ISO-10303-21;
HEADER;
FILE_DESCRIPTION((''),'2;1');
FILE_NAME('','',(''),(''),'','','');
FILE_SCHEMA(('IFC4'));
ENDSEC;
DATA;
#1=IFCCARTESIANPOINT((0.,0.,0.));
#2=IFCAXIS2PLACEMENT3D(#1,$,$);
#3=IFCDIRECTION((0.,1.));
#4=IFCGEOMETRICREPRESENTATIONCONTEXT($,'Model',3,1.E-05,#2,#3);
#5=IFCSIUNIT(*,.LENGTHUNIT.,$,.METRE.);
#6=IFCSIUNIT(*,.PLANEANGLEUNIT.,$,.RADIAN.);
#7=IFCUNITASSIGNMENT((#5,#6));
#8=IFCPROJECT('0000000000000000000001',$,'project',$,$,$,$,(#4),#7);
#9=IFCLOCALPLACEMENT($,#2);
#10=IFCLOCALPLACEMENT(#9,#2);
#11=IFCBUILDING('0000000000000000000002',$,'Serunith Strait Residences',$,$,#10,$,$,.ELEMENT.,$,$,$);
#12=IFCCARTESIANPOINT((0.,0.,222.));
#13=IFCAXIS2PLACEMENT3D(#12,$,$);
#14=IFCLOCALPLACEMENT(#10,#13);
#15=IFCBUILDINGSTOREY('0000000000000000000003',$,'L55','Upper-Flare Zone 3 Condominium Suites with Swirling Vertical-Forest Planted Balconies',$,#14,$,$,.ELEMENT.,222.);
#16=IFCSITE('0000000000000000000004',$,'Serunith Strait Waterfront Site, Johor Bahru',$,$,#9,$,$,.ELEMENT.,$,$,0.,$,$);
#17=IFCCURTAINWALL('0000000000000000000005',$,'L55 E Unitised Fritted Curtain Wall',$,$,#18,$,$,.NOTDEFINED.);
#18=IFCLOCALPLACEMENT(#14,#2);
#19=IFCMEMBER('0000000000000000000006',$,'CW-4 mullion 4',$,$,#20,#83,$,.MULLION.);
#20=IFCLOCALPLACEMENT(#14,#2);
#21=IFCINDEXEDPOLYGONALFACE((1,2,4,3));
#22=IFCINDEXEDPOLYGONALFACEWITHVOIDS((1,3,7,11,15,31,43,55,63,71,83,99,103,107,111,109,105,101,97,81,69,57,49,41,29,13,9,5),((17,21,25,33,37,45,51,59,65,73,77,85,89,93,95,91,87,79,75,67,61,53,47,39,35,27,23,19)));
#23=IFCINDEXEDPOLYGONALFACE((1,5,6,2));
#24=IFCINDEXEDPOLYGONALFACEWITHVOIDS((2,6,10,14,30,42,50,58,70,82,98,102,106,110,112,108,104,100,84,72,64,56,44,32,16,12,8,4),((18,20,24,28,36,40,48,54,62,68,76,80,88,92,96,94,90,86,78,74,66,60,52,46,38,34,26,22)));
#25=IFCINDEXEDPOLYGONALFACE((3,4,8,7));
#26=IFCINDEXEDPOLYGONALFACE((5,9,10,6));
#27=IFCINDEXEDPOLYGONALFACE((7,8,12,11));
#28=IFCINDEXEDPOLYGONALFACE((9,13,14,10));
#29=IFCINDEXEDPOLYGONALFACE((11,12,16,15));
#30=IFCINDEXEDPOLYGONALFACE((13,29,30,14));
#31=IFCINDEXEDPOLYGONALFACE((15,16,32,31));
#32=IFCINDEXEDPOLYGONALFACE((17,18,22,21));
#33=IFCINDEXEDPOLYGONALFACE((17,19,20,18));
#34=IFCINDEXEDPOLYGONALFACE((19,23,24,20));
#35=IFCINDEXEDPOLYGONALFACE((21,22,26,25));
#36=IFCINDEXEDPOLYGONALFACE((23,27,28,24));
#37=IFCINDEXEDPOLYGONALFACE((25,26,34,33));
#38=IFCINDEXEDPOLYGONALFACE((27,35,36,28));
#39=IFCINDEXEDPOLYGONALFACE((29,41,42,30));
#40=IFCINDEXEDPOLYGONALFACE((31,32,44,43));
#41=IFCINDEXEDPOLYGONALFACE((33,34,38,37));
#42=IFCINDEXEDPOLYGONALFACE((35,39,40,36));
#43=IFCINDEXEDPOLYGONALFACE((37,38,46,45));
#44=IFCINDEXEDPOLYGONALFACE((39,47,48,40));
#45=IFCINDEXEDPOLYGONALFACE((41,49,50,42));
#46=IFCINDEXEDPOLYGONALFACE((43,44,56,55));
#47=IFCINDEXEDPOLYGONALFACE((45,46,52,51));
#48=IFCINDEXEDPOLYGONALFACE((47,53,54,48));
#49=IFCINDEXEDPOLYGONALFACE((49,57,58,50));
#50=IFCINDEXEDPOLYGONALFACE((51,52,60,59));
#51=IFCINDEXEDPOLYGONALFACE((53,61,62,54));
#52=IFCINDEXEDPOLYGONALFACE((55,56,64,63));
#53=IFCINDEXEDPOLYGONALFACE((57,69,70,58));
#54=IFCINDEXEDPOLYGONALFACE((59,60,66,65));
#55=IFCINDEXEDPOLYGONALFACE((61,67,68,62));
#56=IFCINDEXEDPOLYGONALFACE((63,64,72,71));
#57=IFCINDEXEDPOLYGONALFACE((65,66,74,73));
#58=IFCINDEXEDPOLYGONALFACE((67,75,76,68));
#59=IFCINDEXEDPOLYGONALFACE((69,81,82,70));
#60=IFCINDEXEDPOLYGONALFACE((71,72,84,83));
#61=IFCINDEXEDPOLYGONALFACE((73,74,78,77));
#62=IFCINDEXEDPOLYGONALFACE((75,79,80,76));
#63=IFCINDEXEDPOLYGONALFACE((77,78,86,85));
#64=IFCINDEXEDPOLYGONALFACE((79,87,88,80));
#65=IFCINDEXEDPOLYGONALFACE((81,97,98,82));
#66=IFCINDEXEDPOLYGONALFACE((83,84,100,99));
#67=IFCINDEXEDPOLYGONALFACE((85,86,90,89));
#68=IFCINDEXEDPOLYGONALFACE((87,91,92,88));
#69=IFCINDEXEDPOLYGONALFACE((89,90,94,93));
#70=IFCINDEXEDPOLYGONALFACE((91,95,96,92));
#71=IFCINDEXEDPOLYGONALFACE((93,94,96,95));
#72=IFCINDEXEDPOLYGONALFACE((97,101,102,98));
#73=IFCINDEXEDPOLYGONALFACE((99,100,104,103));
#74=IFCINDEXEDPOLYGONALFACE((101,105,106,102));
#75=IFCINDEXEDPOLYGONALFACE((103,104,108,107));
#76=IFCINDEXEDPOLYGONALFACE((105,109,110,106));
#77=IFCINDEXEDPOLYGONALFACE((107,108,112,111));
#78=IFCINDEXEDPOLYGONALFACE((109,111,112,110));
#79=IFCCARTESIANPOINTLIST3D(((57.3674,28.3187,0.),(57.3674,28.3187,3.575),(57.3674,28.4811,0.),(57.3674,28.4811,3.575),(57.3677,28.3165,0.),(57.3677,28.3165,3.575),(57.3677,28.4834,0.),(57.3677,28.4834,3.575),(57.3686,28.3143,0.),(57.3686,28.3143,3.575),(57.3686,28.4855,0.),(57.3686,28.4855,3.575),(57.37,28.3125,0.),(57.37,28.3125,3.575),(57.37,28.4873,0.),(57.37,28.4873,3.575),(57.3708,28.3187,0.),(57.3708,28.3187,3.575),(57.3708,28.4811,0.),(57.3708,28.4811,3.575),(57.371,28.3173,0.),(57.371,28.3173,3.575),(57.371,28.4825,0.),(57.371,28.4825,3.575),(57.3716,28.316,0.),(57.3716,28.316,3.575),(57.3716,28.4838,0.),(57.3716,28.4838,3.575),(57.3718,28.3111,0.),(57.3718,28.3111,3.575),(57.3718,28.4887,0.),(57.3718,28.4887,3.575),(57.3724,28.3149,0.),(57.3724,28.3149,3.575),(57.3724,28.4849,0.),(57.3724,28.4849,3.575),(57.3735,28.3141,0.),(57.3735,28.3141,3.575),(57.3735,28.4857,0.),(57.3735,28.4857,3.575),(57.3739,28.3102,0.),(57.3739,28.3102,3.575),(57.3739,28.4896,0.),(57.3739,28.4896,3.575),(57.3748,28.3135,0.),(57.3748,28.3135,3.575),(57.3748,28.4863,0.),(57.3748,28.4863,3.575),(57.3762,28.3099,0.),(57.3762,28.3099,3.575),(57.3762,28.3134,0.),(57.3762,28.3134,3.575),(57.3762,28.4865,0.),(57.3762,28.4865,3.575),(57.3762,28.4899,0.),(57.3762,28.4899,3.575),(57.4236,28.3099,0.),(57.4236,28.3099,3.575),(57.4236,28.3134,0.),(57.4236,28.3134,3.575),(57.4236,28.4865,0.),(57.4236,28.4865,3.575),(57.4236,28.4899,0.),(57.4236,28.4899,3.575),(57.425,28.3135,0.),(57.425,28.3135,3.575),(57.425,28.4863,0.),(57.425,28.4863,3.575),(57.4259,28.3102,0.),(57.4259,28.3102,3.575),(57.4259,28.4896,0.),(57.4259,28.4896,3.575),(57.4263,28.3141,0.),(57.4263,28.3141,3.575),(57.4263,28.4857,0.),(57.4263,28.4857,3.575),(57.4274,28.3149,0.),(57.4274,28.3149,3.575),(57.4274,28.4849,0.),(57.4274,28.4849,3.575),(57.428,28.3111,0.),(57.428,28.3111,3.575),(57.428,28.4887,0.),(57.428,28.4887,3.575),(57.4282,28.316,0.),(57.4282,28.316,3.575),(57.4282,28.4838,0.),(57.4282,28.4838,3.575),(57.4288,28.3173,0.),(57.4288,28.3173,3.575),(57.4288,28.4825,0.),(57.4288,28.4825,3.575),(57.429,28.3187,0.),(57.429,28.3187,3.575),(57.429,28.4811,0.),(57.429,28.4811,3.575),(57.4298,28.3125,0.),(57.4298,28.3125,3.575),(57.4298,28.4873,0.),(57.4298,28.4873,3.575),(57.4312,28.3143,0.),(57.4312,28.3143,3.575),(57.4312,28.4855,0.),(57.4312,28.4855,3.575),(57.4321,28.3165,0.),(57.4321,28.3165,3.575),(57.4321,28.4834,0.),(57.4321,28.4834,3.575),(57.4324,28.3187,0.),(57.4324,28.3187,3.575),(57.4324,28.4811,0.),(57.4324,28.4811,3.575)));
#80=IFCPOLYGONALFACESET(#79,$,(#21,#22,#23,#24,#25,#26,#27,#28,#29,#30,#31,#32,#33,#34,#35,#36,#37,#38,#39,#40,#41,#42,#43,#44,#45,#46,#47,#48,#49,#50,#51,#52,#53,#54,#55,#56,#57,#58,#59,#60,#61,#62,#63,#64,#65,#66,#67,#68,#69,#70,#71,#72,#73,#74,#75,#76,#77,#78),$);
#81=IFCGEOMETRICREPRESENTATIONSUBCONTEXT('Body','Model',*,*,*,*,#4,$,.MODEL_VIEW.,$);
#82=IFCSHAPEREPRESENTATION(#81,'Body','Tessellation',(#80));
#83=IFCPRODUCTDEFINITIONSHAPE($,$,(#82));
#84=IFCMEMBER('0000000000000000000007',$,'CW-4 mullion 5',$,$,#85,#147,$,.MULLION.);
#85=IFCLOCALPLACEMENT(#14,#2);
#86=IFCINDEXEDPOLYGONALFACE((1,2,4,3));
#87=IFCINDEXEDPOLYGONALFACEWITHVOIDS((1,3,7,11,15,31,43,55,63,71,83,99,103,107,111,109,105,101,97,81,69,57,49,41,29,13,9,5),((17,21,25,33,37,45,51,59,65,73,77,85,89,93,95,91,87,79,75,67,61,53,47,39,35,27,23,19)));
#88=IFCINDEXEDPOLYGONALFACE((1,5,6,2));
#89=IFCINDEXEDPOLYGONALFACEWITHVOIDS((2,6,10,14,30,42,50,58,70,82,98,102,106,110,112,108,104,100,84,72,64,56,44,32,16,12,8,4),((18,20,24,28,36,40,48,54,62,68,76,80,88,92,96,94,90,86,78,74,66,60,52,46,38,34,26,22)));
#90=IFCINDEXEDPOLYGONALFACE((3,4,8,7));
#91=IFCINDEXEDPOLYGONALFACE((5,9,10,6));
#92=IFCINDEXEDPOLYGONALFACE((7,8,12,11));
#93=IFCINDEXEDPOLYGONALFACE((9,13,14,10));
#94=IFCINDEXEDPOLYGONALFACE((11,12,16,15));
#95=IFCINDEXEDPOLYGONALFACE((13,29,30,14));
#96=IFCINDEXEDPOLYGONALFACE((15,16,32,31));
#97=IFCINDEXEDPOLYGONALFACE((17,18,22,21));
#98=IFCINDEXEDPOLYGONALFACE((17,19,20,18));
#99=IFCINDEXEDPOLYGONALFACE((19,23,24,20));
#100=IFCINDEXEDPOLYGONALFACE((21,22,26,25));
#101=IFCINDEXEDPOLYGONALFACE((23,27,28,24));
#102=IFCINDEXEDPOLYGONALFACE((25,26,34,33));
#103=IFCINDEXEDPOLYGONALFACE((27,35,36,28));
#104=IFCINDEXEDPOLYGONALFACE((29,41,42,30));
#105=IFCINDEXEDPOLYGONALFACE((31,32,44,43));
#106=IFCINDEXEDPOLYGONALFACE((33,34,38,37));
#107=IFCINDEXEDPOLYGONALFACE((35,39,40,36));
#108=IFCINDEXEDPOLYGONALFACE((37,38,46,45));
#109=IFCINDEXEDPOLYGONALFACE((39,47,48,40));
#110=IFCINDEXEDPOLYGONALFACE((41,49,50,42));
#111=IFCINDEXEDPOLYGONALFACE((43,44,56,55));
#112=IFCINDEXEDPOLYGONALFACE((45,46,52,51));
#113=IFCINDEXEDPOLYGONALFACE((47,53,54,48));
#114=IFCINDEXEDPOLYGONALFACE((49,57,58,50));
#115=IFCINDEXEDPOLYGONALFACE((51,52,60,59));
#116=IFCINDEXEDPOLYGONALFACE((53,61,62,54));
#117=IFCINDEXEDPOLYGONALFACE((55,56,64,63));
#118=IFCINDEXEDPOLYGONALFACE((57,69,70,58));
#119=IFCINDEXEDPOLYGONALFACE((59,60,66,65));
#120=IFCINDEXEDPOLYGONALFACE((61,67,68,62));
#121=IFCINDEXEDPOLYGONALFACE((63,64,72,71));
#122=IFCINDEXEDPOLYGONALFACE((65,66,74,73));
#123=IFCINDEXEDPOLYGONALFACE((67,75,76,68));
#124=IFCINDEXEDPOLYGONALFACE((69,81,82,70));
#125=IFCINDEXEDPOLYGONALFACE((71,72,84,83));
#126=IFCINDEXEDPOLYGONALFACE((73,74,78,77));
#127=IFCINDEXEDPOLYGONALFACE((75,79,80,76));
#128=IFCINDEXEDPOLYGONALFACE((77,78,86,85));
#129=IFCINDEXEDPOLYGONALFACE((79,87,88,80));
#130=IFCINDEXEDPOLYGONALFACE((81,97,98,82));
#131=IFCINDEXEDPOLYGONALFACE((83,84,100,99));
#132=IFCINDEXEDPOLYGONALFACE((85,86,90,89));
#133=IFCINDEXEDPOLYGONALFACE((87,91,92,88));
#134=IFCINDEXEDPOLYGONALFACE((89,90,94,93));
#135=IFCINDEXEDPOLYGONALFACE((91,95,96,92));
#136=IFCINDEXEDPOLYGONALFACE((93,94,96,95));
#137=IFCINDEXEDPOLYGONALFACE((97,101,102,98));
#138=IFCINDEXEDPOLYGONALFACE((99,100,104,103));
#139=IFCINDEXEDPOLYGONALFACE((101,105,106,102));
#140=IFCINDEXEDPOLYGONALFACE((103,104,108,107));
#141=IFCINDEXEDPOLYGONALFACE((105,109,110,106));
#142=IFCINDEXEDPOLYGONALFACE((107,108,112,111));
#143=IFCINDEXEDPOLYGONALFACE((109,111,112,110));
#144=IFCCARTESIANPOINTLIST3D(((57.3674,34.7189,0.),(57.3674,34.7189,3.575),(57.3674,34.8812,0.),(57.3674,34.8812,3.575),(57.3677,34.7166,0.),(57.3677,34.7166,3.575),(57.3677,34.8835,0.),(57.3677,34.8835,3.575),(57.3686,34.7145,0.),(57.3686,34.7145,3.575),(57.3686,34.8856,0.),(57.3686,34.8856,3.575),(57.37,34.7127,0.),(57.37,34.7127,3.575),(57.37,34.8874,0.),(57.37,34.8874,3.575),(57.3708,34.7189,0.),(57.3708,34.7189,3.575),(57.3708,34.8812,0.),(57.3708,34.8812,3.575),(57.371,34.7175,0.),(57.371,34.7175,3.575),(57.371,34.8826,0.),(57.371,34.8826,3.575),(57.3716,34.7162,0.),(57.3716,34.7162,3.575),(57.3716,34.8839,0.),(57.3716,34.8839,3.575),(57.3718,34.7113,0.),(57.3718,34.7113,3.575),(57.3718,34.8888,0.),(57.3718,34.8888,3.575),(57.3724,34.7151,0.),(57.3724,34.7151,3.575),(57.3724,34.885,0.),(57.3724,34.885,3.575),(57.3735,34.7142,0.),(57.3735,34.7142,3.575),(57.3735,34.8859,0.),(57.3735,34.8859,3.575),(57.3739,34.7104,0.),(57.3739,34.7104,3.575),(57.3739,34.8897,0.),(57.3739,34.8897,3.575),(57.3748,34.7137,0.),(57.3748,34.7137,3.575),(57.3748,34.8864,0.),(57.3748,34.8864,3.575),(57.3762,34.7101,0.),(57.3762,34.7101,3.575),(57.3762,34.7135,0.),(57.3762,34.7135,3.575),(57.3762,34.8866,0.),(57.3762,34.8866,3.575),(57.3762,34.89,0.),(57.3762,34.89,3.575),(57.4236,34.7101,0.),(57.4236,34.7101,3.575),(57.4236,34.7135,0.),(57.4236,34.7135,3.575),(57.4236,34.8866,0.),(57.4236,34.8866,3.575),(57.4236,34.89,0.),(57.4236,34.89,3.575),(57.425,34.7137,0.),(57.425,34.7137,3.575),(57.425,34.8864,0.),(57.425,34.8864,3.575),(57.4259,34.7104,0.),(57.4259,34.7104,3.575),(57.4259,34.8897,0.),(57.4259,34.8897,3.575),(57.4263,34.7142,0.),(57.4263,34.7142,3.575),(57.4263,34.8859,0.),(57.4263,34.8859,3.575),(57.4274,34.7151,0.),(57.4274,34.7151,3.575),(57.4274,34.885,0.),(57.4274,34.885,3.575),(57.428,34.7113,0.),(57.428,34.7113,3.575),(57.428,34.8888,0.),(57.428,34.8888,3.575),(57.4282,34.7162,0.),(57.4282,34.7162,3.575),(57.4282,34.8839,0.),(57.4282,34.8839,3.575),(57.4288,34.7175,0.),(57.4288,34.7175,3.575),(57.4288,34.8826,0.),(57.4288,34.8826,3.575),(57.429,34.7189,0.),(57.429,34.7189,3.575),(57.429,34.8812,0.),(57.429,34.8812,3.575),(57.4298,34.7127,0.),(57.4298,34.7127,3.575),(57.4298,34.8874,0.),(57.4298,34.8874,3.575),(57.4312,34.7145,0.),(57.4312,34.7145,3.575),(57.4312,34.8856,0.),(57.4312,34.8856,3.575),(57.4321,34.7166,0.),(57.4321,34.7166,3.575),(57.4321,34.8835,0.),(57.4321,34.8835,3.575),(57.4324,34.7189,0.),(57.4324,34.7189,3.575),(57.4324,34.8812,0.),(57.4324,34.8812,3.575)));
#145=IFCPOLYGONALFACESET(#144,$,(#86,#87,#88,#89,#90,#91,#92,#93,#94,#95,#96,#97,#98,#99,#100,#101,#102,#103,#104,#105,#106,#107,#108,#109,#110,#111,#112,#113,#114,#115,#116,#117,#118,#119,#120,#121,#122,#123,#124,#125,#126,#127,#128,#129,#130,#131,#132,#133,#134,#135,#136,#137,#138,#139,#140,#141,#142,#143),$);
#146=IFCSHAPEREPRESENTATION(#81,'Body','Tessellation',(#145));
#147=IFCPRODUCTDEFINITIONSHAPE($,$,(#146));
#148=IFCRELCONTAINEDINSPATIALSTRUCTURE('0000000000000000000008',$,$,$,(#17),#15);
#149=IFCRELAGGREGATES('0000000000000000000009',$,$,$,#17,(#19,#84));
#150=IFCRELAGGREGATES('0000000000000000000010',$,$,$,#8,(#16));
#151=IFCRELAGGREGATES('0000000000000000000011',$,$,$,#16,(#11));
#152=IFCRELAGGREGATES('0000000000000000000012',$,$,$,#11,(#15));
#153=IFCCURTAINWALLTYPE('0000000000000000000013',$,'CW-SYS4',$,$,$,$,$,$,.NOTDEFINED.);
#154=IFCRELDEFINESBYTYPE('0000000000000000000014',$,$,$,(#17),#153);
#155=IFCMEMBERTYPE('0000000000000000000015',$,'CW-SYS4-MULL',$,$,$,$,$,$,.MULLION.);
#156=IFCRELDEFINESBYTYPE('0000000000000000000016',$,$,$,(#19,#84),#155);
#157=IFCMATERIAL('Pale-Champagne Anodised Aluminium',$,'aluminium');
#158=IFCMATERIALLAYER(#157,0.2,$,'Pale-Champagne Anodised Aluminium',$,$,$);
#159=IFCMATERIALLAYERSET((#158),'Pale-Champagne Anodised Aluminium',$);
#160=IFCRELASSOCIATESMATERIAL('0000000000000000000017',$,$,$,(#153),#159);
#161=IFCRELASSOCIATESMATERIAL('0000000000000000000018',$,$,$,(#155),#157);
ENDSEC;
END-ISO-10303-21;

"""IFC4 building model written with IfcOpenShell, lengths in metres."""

from ifc_helpers import new_model, si_unit, direction, frame, origin, origin_2d, place, context, subcontext, project, spatial, hollow_rectangle, extrude, source, transform, mapped, material, layer, layer_set, material_profile, profile_set, type_object, element, aggregate, save


model = new_model("IFC4")

# Units and contexts
model_context = context("Model", 3, precision=1e-05, world=origin(), true_north=direction((0.0, 1.0)))
body_context = subcontext(model_context, "Body", "Model", "MODEL_VIEW")
ifc_project = project(units=[si_unit("LENGTHUNIT", "METRE"), si_unit("PLANEANGLEUNIT", "RADIAN")], contexts=[model_context])

# Site, building, storey
site_placement = place(None, origin())
site = spatial("IfcSite", under=ifc_project, at=site_placement, Name="Serunith Strait Waterfront Site, Johor Bahru", CompositionType="ELEMENT", RefElevation=0.0)
building_placement = place(site_placement, origin())
building = spatial("IfcBuilding", under=site, at=building_placement, Name="Serunith Strait Residences", CompositionType="ELEMENT")
storey_placement = place(building_placement, frame((0.0, 0.0, 222.0)))
storey = spatial("IfcBuildingStorey", under=building, at=storey_placement, Name="L55", Description="Upper-Flare Zone 3 Condominium Suites with Swirling Vertical-Forest Planted Balconies", CompositionType="ELEMENT", Elevation=222.0)

# Curtain wall, members
ifc_material_1 = material(Name="Pale-Champagne Anodised Aluminium", Category="aluminium")
ifc_layer_1 = layer(ifc_material_1, 0.2, Name="Pale-Champagne Anodised Aluminium")
ifc_layer_set_1 = layer_set([ifc_layer_1], Name="Pale-Champagne Anodised Aluminium")
curtain_wall_type = type_object("IfcCurtainWallType", Name="CW-SYS4", PredefinedType="NOTDEFINED", material=ifc_layer_set_1)
curtain_wall_placement = place(storey_placement, origin())
curtain_wall = element("IfcCurtainWall", 1, at=curtain_wall_placement, inside=storey, type_object=curtain_wall_type, Name="L55 E Unitised Fritted Curtain Wall", PredefinedType="NOTDEFINED")
ifc_material_profile_1 = material_profile(ifc_material_1, hollow_rectangle(XDim=0.0649, YDim=0.1799, WallThickness=0.0034, InnerFilletRadius=0.0054, OuterFilletRadius=0.0088, at=origin_2d()), Name="ALU 180x65x3.5")
ifc_profile_set_1 = profile_set([ifc_material_profile_1], Name="Pale-Champagne Anodised Aluminium")
member_type_1 = type_object("IfcMemberType", Name="CW-SYS4-MULL", PredefinedType="MULLION", material=ifc_profile_set_1)
shared_shape_1 = source(origin(), body_context, "Body", "SweptSolid", [
    extrude(hollow_rectangle(XDim=0.0649, YDim=0.1799, WallThickness=0.0034, InnerFilletRadius=0.0054, OuterFilletRadius=0.0088, at=origin_2d()), origin(), (0.0, 0.0, 1.0), 3.575),
])
member_1_placement = place(storey_placement, frame((57.3999, 28.3999, 0.0), z_axis=(0.0, 0.0, 1.0), x_axis=(-1.0, 0.0, 0.0)))
member_1 = element("IfcMember", 2, at=member_1_placement, type_object=member_type_1, Name="CW-4 mullion 4", PredefinedType="MULLION", context=body_context, shape_type="MappedRepresentation", body=[
    mapped(shared_shape_1, transform((0.0, 0.0, 0.0), scale=1.0)),
])
member_2_placement = place(storey_placement, frame((57.3999, 34.8, 0.0), z_axis=(0.0, 0.0, 1.0), x_axis=(-1.0, 0.0, 0.0)))
member_2 = element("IfcMember", 3, at=member_2_placement, type_object=member_type_1, Name="CW-4 mullion 5", PredefinedType="MULLION", context=body_context, shape_type="MappedRepresentation", body=[
    mapped(shared_shape_1, transform((0.0, 0.0, 0.0), scale=1.0)),
])
aggregate(curtain_wall, [member_1, member_2])

save(model, "model.ifc")
